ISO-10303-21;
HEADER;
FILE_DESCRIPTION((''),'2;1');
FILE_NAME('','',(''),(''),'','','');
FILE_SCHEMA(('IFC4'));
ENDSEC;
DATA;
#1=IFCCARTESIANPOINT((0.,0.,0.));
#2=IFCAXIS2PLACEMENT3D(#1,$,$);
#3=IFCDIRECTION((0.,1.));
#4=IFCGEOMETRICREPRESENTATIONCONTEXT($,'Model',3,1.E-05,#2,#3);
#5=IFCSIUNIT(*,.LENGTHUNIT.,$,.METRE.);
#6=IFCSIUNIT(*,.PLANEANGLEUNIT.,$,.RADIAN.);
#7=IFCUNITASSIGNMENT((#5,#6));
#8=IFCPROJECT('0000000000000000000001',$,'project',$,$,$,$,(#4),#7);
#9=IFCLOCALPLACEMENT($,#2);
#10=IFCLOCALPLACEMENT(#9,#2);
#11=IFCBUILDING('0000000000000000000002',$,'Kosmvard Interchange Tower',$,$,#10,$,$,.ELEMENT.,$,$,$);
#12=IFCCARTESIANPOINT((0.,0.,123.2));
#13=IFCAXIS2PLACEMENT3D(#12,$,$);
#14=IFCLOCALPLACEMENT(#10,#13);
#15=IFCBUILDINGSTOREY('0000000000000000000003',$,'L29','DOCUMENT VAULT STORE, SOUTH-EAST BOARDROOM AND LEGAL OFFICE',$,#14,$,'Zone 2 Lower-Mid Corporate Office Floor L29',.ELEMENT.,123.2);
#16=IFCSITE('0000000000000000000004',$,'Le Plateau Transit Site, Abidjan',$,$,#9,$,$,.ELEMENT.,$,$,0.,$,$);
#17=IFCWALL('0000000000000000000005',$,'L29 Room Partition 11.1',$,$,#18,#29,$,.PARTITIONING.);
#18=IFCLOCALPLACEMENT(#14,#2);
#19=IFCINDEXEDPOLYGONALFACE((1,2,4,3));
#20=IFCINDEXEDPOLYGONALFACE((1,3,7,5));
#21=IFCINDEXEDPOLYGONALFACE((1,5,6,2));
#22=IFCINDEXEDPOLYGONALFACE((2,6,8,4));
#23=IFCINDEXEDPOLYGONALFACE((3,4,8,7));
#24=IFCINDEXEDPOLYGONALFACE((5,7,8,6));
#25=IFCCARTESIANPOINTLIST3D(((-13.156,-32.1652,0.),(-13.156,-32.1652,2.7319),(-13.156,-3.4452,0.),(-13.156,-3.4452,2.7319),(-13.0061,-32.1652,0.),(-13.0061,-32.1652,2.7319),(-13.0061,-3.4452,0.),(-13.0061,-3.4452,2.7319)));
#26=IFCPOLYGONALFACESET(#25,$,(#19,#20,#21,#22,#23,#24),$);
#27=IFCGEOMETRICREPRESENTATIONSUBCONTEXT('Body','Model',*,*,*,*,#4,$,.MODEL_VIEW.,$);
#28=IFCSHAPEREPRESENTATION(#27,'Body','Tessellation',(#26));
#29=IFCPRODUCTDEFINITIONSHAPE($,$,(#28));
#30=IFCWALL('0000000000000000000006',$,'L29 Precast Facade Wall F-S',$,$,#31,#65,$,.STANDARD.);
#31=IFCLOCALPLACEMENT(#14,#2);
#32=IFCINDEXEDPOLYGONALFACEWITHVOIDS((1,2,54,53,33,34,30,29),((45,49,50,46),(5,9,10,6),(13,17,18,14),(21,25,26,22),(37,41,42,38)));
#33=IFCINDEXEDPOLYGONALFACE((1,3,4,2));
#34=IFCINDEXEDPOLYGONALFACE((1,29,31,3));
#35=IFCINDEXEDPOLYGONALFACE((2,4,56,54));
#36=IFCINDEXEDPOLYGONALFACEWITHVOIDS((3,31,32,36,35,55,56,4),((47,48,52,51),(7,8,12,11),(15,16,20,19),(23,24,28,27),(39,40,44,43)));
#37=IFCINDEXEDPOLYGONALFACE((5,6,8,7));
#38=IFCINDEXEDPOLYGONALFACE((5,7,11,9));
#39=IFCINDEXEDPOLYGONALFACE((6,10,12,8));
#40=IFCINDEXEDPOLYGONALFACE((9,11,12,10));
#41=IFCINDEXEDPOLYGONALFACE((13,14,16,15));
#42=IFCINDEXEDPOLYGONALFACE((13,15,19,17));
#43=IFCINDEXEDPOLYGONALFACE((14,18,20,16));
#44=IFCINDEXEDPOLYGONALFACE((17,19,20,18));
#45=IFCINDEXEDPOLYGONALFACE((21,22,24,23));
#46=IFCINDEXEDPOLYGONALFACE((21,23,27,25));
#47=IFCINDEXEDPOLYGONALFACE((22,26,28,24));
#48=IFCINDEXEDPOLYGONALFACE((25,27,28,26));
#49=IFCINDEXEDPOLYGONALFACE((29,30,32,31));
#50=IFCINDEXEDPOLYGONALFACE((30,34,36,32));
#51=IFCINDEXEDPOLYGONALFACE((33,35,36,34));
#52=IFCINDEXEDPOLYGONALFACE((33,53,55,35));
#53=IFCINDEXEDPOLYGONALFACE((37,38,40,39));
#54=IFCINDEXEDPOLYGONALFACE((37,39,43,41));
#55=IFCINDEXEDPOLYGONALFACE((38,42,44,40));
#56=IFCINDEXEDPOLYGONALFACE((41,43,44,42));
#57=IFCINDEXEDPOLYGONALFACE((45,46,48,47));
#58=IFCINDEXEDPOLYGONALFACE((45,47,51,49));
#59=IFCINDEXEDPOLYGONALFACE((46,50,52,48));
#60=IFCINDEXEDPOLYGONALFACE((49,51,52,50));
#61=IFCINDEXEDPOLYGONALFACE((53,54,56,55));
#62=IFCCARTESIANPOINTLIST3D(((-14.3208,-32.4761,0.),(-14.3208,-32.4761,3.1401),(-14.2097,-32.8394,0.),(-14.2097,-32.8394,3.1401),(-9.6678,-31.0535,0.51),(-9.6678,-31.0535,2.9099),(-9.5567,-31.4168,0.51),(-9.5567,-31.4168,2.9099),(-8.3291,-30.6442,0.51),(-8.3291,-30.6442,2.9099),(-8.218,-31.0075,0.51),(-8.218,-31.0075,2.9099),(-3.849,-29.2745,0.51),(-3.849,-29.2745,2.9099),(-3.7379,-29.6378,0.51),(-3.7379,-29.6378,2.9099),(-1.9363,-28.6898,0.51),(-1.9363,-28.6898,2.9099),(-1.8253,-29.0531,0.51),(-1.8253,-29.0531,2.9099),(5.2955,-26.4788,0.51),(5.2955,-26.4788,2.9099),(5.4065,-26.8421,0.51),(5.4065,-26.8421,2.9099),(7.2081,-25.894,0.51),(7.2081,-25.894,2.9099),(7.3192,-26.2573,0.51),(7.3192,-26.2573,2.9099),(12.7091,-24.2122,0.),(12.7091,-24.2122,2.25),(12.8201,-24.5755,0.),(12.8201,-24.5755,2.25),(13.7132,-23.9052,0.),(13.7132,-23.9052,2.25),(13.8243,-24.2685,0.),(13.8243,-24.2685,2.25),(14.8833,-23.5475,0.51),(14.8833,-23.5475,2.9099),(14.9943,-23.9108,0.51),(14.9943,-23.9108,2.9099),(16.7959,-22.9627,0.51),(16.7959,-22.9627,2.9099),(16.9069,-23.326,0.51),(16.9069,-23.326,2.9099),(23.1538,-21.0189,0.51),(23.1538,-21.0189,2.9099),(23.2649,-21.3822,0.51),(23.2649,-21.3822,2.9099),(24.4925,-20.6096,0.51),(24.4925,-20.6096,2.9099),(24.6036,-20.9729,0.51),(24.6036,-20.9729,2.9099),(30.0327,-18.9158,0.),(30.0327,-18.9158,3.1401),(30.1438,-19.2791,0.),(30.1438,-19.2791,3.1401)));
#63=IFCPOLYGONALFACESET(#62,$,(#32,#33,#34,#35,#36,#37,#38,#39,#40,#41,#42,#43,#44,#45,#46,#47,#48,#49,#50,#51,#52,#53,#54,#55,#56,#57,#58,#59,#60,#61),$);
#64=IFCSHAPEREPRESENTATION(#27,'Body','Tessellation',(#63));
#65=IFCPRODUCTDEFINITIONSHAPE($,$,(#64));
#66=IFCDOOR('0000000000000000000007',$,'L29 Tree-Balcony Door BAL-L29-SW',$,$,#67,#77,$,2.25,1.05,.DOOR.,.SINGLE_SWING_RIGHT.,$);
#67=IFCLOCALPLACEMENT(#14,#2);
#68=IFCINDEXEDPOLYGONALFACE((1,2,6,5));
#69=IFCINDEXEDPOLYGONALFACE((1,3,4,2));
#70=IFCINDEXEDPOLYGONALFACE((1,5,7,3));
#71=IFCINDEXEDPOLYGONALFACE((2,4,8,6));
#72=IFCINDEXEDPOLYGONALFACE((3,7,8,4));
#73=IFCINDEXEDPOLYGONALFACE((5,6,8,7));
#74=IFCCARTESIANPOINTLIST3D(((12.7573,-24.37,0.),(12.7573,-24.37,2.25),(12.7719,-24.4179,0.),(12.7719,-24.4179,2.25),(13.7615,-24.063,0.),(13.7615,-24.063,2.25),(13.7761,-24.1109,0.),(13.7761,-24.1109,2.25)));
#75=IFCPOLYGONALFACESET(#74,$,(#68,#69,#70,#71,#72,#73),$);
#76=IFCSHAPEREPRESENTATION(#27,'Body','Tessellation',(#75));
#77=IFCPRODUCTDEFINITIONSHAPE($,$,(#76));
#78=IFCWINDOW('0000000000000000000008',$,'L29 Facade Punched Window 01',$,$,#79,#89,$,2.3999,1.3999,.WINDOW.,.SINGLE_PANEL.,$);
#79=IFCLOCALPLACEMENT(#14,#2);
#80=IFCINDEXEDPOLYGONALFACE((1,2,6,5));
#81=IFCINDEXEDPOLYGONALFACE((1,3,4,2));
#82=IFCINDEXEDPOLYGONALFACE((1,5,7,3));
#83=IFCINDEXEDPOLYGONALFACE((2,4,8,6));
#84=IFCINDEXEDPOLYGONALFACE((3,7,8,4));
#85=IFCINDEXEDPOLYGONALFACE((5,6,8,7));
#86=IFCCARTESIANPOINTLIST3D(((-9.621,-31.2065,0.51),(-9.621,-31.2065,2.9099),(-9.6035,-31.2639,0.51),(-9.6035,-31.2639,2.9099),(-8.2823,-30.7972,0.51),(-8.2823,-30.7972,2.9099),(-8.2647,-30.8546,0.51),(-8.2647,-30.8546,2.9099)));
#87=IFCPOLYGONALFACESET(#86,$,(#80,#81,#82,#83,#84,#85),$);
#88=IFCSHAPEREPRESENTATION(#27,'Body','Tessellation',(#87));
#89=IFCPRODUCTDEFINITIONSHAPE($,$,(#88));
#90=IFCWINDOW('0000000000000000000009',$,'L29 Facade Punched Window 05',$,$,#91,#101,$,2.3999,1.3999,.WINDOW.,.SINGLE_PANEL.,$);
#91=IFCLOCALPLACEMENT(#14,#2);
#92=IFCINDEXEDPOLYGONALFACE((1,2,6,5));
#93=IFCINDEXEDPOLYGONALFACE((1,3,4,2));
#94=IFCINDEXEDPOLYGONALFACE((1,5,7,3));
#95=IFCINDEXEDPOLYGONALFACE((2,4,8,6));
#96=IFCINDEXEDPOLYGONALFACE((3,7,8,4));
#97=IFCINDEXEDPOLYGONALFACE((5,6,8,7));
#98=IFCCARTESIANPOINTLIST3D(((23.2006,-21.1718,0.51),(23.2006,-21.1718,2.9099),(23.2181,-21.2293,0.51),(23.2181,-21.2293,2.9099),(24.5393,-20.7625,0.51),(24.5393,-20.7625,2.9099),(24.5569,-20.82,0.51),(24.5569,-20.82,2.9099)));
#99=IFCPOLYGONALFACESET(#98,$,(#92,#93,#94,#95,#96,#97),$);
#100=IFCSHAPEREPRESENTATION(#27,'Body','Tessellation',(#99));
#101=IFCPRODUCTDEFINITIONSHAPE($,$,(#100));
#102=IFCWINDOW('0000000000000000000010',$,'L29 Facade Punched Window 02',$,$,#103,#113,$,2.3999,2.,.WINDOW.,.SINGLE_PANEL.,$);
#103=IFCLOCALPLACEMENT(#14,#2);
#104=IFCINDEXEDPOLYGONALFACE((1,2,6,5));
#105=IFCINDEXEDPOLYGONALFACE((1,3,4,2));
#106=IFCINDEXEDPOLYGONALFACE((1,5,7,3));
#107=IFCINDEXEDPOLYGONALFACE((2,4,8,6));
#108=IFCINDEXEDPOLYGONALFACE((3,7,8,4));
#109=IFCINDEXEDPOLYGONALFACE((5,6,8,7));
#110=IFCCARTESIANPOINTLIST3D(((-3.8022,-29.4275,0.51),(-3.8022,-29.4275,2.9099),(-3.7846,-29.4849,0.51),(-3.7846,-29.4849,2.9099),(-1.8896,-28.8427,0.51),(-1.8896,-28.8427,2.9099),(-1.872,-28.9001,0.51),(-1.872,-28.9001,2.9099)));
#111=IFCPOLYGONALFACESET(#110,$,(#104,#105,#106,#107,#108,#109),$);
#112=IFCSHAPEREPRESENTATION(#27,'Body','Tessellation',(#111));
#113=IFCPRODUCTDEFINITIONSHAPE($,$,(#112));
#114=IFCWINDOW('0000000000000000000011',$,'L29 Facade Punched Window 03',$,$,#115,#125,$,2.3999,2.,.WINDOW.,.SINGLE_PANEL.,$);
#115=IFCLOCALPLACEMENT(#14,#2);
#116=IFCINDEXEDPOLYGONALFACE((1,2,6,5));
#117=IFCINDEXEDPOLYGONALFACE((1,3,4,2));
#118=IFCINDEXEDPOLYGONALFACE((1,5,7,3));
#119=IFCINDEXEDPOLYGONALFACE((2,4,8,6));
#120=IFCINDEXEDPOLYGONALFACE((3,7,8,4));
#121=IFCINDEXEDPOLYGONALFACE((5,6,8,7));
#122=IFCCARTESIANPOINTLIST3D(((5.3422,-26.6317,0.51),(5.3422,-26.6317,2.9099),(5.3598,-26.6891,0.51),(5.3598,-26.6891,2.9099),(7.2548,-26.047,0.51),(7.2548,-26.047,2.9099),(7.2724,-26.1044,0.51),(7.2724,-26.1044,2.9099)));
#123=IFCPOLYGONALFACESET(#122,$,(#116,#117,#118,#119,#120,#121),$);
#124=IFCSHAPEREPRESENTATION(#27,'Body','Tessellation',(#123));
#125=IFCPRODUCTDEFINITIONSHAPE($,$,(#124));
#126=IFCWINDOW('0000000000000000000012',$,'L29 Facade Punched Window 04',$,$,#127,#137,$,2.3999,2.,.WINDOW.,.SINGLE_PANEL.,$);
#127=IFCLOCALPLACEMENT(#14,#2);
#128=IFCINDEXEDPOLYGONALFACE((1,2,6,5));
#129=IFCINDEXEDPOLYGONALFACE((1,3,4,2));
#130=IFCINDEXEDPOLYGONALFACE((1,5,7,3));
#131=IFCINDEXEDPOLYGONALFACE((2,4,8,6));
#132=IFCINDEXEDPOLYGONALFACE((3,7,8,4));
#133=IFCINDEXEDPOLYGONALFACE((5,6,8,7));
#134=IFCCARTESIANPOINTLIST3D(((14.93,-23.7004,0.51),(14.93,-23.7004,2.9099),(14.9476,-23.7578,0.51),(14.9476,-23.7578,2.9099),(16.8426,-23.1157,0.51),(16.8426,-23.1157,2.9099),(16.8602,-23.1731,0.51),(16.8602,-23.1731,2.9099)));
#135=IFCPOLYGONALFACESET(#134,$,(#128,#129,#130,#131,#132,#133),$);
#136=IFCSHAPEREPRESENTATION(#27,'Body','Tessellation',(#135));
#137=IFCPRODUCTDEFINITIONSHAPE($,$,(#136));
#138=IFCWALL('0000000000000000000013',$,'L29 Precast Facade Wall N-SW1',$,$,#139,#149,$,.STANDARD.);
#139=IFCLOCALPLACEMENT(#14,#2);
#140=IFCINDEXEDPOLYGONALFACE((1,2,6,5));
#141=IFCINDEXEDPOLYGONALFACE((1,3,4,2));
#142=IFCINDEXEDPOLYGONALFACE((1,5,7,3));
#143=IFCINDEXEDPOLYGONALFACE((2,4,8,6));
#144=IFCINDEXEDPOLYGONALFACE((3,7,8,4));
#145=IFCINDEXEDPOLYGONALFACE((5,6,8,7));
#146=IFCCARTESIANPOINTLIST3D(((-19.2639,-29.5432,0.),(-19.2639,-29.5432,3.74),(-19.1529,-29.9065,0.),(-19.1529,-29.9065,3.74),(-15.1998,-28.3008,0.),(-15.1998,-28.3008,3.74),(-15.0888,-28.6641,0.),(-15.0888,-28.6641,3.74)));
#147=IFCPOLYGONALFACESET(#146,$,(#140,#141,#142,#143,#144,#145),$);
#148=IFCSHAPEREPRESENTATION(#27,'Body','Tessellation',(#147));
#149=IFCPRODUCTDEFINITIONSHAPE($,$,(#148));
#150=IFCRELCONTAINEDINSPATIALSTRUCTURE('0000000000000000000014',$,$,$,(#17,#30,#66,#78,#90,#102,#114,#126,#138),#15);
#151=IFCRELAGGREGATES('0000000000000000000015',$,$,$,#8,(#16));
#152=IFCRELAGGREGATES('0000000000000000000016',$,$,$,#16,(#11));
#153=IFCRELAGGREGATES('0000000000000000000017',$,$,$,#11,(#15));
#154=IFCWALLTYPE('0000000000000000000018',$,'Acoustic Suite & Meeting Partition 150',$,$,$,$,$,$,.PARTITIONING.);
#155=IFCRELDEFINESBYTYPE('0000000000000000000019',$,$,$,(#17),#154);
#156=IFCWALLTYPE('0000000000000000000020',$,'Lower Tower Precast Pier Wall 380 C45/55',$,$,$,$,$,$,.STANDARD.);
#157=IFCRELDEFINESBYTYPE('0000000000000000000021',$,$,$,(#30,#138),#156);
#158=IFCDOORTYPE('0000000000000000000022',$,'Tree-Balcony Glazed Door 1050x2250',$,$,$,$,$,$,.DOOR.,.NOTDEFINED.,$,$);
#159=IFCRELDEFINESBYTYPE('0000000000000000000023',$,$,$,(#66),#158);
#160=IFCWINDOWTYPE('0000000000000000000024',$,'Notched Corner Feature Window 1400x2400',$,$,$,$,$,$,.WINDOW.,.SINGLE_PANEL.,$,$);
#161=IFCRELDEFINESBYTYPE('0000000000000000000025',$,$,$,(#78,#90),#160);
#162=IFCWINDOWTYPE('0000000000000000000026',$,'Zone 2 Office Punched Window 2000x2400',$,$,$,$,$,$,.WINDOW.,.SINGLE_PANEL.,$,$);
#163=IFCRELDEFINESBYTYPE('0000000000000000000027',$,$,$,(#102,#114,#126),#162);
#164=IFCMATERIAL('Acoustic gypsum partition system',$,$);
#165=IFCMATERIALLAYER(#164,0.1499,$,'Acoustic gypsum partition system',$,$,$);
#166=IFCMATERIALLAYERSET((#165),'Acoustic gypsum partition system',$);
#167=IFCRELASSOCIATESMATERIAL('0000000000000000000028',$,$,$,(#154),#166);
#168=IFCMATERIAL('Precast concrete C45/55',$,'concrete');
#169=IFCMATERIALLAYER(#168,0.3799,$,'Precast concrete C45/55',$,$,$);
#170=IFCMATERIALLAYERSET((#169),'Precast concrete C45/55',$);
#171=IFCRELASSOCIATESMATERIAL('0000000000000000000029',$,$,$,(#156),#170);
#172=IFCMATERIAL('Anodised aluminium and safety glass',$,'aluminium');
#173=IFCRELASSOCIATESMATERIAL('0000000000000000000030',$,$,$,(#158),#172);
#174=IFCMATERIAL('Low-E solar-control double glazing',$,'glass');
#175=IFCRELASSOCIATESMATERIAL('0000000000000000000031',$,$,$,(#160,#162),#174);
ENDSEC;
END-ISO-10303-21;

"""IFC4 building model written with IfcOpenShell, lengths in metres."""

from ifc_helpers import new_model, si_unit, direction, frame, frame_2d, origin, place, context, subcontext, project, spatial, rectangle, extrude, source, transform, mapped, material, layer, layer_set, type_object, element, fill, save


model = new_model("IFC4")

# Units and contexts
model_context = context("Model", 3, precision=1e-05, world=origin(), true_north=direction((0.0, 1.0)))
body_context = subcontext(model_context, "Body", "Model", "MODEL_VIEW")
ifc_project = project(units=[si_unit("LENGTHUNIT", "METRE"), si_unit("PLANEANGLEUNIT", "RADIAN")], contexts=[model_context])

# Site, building, storey
site_placement = place(None, origin())
site = spatial("IfcSite", under=ifc_project, at=site_placement, Name="Le Plateau Transit Site, Abidjan", CompositionType="ELEMENT", RefElevation=0.0)
building_placement = place(site_placement, origin())
building = spatial("IfcBuilding", under=site, at=building_placement, Name="Kosmvard Interchange Tower", CompositionType="ELEMENT")
storey_placement = place(building_placement, frame((0.0, 0.0, 123.2)))
storey = spatial("IfcBuildingStorey", under=building, at=storey_placement, Name="L29", Description="DOCUMENT VAULT STORE, SOUTH-EAST BOARDROOM AND LEGAL OFFICE", LongName="Zone 2 Lower-Mid Corporate Office Floor L29", CompositionType="ELEMENT", Elevation=123.2)

# Shared definitions
ifc_material_1 = material(Name="Precast concrete C45/55", Category="concrete")

# Wall
ifc_material_2 = material(Name="Acoustic gypsum partition system")
ifc_layer_1 = layer(ifc_material_2, 0.1499, Name="Acoustic gypsum partition system")
ifc_layer_set_1 = layer_set([ifc_layer_1], Name="Acoustic gypsum partition system")
wall_type_1 = type_object("IfcWallType", Name="Acoustic Suite & Meeting Partition 150", PredefinedType="PARTITIONING", material=ifc_layer_set_1)
wall_1_placement = place(storey_placement, frame((-13.0811, -32.165, 0.0), z_axis=(0.0, 0.0, 1.0), x_axis=(0.0, 1.0, 0.0)))
element("IfcWall", 1, at=wall_1_placement, inside=storey, type_object=wall_type_1, Name="L29 Room Partition 11.1", PredefinedType="PARTITIONING", context=body_context, shape_type="SweptSolid", body=[
    extrude(rectangle(XDim=28.72, YDim=0.1499, at=frame_2d((14.3599, 0.0))), origin(), (0.0, 0.0, 1.0), 2.7319),
])

# Wall, openings, door, windows
ifc_layer_2 = layer(ifc_material_1, 0.3799, Name="Precast concrete C45/55")
ifc_layer_set_2 = layer_set([ifc_layer_2], Name="Precast concrete C45/55")
wall_type_2 = type_object("IfcWallType", Name="Lower Tower Precast Pier Wall 380 C45/55", PredefinedType="STANDARD", material=ifc_layer_set_2)
wall_2_placement = place(storey_placement, frame((-14.2651, -32.6577, 0.0), z_axis=(0.0, 0.0, 1.0), x_axis=(0.956304, 0.292373, 0.0)))
wall_2 = element("IfcWall", 2, at=wall_2_placement, inside=storey, type_object=wall_type_2, Name="L29 Precast Facade Wall F-S", PredefinedType="STANDARD", context=body_context, shape_type="SweptSolid", body=[
    extrude(rectangle(XDim=46.3801, YDim=0.3799, at=frame_2d((23.1899, 0.0))), origin(), (0.0, 0.0, 1.0), 3.1401),
])
opening_1_placement = place(wall_2_placement, frame((28.2649, 0.0, 0.0)))
opening_1 = element("IfcOpeningElement", 3, at=opening_1_placement, cuts=wall_2, PredefinedType="OPENING", context=body_context, shape_type="SweptSolid", body=[
    extrude(rectangle(XDim=1.05, YDim=2.25, at=frame_2d((0.5249, 1.125))), frame((0.0, 0.2, 0.0), z_axis=(0.0, -1.0, 0.0), x_axis=(1.0, 0.0, 0.0)), (0.0, 0.0, 1.0), 0.3999),
])
opening_2_placement = place(wall_2_placement, frame((4.8655, 0.0, 0.51)))
opening_2 = element("IfcOpeningElement", 4, at=opening_2_placement, cuts=wall_2, PredefinedType="OPENING", context=body_context, shape_type="SweptSolid", body=[
    extrude(rectangle(XDim=1.3999, YDim=2.3999, at=frame_2d((0.7, 1.2))), frame((0.0, 0.2, 0.0), z_axis=(0.0, -1.0, 0.0), x_axis=(1.0, 0.0, 0.0)), (0.0, 0.0, 1.0), 0.3999),
])
opening_3_placement = place(wall_2_placement, frame((10.9502, 0.0, 0.51)))
opening_3 = element("IfcOpeningElement", 5, at=opening_3_placement, cuts=wall_2, PredefinedType="OPENING", context=body_context, shape_type="SweptSolid", body=[
    extrude(rectangle(XDim=2.0, YDim=2.3999, at=frame_2d((1.0, 1.2))), frame((0.0, 0.2, 0.0), z_axis=(0.0, -1.0, 0.0), x_axis=(1.0, 0.0, 0.0)), (0.0, 0.0, 1.0), 0.3999),
])
opening_4_placement = place(wall_2_placement, frame((20.5125, 0.0, 0.51)))
opening_4 = element("IfcOpeningElement", 6, at=opening_4_placement, cuts=wall_2, PredefinedType="OPENING", context=body_context, shape_type="SweptSolid", body=[
    extrude(rectangle(XDim=2.0, YDim=2.3999, at=frame_2d((1.0, 1.2))), frame((0.0, 0.2, 0.0), z_axis=(0.0, -1.0, 0.0), x_axis=(1.0, 0.0, 0.0)), (0.0, 0.0, 1.0), 0.3999),
])
opening_5_placement = place(wall_2_placement, frame((30.5383, 0.0, 0.51)))
opening_5 = element("IfcOpeningElement", 7, at=opening_5_placement, cuts=wall_2, PredefinedType="OPENING", context=body_context, shape_type="SweptSolid", body=[
    extrude(rectangle(XDim=2.0, YDim=2.3999, at=frame_2d((1.0, 1.2))), frame((0.0, 0.2, 0.0), z_axis=(0.0, -1.0, 0.0), x_axis=(1.0, 0.0, 0.0)), (0.0, 0.0, 1.0), 0.3999),
])
opening_6_placement = place(wall_2_placement, frame((39.1868, 0.0, 0.51)))
opening_6 = element("IfcOpeningElement", 8, at=opening_6_placement, cuts=wall_2, PredefinedType="OPENING", context=body_context, shape_type="SweptSolid", body=[
    extrude(rectangle(XDim=1.3999, YDim=2.3999, at=frame_2d((0.7, 1.2))), frame((0.0, 0.2, 0.0), z_axis=(0.0, -1.0, 0.0), x_axis=(1.0, 0.0, 0.0)), (0.0, 0.0, 1.0), 0.3999),
])
ifc_material_3 = material(Name="Anodised aluminium and safety glass", Category="aluminium")
door_type = type_object("IfcDoorType", Name="Tree-Balcony Glazed Door 1050x2250", OperationType="NOTDEFINED", PredefinedType="DOOR", material=ifc_material_3)
shared_shape_1 = source(origin(), body_context, "Body", "SweptSolid", [
    extrude(rectangle(XDim=1.05, YDim=2.25, at=frame_2d((0.5249, 1.125))), frame((0.0, 0.0249, 0.0), z_axis=(0.0, -1.0, 0.0), x_axis=(1.0, 0.0, 0.0)), (0.0, 0.0, 1.0), 0.05),
])
door_placement = place(opening_1_placement, origin())
door = element("IfcDoor", 9, at=door_placement, inside=storey, type_object=door_type, Name="L29 Tree-Balcony Door BAL-L29-SW", OperationType="SINGLE_SWING_RIGHT", OverallHeight=2.25, OverallWidth=1.05, PredefinedType="DOOR", context=body_context, shape_type="MappedRepresentation", body=[
    mapped(shared_shape_1, transform((0.0, 0.0, 0.0), scale=1.0)),
])
fill(opening_1, door)
ifc_material_4 = material(Name="Low-E solar-control double glazing", Category="glass")
window_type_1 = type_object("IfcWindowType", Name="Notched Corner Feature Window 1400x2400", PartitioningType="SINGLE_PANEL", PredefinedType="WINDOW", material=ifc_material_4)
shared_shape_2 = source(origin(), body_context, "Body", "SweptSolid", [
    extrude(rectangle(XDim=1.3999, YDim=2.3999, at=frame_2d((0.7, 1.2))), frame((0.0, 0.03, 0.0), z_axis=(0.0, -1.0, 0.0), x_axis=(1.0, 0.0, 0.0)), (0.0, 0.0, 1.0), 0.0601),
])
window_1_placement = place(opening_2_placement, origin())
window_1 = element("IfcWindow", 10, at=window_1_placement, inside=storey, type_object=window_type_1, Name="L29 Facade Punched Window 01", OverallHeight=2.3999, OverallWidth=1.3999, PartitioningType="SINGLE_PANEL", PredefinedType="WINDOW", context=body_context, shape_type="MappedRepresentation", body=[
    mapped(shared_shape_2, transform((0.0, 0.0, 0.0), scale=1.0)),
])
fill(opening_2, window_1)
window_2_placement = place(opening_6_placement, origin())
window_2 = element("IfcWindow", 11, at=window_2_placement, inside=storey, type_object=window_type_1, Name="L29 Facade Punched Window 05", OverallHeight=2.3999, OverallWidth=1.3999, PartitioningType="SINGLE_PANEL", PredefinedType="WINDOW", context=body_context, shape_type="MappedRepresentation", body=[
    mapped(shared_shape_2, transform((0.0, 0.0, 0.0), scale=1.0)),
])
fill(opening_6, window_2)
window_type_2 = type_object("IfcWindowType", Name="Zone 2 Office Punched Window 2000x2400", PartitioningType="SINGLE_PANEL", PredefinedType="WINDOW", material=ifc_material_4)
shared_shape_3 = source(origin(), body_context, "Body", "SweptSolid", [
    extrude(rectangle(XDim=2.0, YDim=2.3999, at=frame_2d((1.0, 1.2))), frame((0.0, 0.03, 0.0), z_axis=(0.0, -1.0, 0.0), x_axis=(1.0, 0.0, 0.0)), (0.0, 0.0, 1.0), 0.0601),
])
window_3_placement = place(opening_3_placement, origin())
window_3 = element("IfcWindow", 12, at=window_3_placement, inside=storey, type_object=window_type_2, Name="L29 Facade Punched Window 02", OverallHeight=2.3999, OverallWidth=2.0, PartitioningType="SINGLE_PANEL", PredefinedType="WINDOW", context=body_context, shape_type="MappedRepresentation", body=[
    mapped(shared_shape_3, transform((0.0, 0.0, 0.0), scale=1.0)),
])
fill(opening_3, window_3)
window_4_placement = place(opening_4_placement, origin())
window_4 = element("IfcWindow", 13, at=window_4_placement, inside=storey, type_object=window_type_2, Name="L29 Facade Punched Window 03", OverallHeight=2.3999, OverallWidth=2.0, PartitioningType="SINGLE_PANEL", PredefinedType="WINDOW", context=body_context, shape_type="MappedRepresentation", body=[
    mapped(shared_shape_3, transform((0.0, 0.0, 0.0), scale=1.0)),
])
fill(opening_4, window_4)
window_5_placement = place(opening_5_placement, origin())
window_5 = element("IfcWindow", 14, at=window_5_placement, inside=storey, type_object=window_type_2, Name="L29 Facade Punched Window 04", OverallHeight=2.3999, OverallWidth=2.0, PartitioningType="SINGLE_PANEL", PredefinedType="WINDOW", context=body_context, shape_type="MappedRepresentation", body=[
    mapped(shared_shape_3, transform((0.0, 0.0, 0.0), scale=1.0)),
])
fill(opening_5, window_5)

# Wall
wall_3_placement = place(storey_placement, frame((-19.2085, -29.7249, 0.0), z_axis=(0.0, 0.0, 1.0), x_axis=(0.956313, 0.292346, 0.0)))
element("IfcWall", 15, at=wall_3_placement, inside=storey, type_object=wall_type_2, Name="L29 Precast Facade Wall N-SW1", PredefinedType="STANDARD", context=body_context, shape_type="SweptSolid", body=[
    extrude(rectangle(XDim=4.2498, YDim=0.3799, at=frame_2d((2.125, 0.0))), origin(), (0.0, 0.0, 1.0), 3.74),
])

save(model, "model.ifc")
